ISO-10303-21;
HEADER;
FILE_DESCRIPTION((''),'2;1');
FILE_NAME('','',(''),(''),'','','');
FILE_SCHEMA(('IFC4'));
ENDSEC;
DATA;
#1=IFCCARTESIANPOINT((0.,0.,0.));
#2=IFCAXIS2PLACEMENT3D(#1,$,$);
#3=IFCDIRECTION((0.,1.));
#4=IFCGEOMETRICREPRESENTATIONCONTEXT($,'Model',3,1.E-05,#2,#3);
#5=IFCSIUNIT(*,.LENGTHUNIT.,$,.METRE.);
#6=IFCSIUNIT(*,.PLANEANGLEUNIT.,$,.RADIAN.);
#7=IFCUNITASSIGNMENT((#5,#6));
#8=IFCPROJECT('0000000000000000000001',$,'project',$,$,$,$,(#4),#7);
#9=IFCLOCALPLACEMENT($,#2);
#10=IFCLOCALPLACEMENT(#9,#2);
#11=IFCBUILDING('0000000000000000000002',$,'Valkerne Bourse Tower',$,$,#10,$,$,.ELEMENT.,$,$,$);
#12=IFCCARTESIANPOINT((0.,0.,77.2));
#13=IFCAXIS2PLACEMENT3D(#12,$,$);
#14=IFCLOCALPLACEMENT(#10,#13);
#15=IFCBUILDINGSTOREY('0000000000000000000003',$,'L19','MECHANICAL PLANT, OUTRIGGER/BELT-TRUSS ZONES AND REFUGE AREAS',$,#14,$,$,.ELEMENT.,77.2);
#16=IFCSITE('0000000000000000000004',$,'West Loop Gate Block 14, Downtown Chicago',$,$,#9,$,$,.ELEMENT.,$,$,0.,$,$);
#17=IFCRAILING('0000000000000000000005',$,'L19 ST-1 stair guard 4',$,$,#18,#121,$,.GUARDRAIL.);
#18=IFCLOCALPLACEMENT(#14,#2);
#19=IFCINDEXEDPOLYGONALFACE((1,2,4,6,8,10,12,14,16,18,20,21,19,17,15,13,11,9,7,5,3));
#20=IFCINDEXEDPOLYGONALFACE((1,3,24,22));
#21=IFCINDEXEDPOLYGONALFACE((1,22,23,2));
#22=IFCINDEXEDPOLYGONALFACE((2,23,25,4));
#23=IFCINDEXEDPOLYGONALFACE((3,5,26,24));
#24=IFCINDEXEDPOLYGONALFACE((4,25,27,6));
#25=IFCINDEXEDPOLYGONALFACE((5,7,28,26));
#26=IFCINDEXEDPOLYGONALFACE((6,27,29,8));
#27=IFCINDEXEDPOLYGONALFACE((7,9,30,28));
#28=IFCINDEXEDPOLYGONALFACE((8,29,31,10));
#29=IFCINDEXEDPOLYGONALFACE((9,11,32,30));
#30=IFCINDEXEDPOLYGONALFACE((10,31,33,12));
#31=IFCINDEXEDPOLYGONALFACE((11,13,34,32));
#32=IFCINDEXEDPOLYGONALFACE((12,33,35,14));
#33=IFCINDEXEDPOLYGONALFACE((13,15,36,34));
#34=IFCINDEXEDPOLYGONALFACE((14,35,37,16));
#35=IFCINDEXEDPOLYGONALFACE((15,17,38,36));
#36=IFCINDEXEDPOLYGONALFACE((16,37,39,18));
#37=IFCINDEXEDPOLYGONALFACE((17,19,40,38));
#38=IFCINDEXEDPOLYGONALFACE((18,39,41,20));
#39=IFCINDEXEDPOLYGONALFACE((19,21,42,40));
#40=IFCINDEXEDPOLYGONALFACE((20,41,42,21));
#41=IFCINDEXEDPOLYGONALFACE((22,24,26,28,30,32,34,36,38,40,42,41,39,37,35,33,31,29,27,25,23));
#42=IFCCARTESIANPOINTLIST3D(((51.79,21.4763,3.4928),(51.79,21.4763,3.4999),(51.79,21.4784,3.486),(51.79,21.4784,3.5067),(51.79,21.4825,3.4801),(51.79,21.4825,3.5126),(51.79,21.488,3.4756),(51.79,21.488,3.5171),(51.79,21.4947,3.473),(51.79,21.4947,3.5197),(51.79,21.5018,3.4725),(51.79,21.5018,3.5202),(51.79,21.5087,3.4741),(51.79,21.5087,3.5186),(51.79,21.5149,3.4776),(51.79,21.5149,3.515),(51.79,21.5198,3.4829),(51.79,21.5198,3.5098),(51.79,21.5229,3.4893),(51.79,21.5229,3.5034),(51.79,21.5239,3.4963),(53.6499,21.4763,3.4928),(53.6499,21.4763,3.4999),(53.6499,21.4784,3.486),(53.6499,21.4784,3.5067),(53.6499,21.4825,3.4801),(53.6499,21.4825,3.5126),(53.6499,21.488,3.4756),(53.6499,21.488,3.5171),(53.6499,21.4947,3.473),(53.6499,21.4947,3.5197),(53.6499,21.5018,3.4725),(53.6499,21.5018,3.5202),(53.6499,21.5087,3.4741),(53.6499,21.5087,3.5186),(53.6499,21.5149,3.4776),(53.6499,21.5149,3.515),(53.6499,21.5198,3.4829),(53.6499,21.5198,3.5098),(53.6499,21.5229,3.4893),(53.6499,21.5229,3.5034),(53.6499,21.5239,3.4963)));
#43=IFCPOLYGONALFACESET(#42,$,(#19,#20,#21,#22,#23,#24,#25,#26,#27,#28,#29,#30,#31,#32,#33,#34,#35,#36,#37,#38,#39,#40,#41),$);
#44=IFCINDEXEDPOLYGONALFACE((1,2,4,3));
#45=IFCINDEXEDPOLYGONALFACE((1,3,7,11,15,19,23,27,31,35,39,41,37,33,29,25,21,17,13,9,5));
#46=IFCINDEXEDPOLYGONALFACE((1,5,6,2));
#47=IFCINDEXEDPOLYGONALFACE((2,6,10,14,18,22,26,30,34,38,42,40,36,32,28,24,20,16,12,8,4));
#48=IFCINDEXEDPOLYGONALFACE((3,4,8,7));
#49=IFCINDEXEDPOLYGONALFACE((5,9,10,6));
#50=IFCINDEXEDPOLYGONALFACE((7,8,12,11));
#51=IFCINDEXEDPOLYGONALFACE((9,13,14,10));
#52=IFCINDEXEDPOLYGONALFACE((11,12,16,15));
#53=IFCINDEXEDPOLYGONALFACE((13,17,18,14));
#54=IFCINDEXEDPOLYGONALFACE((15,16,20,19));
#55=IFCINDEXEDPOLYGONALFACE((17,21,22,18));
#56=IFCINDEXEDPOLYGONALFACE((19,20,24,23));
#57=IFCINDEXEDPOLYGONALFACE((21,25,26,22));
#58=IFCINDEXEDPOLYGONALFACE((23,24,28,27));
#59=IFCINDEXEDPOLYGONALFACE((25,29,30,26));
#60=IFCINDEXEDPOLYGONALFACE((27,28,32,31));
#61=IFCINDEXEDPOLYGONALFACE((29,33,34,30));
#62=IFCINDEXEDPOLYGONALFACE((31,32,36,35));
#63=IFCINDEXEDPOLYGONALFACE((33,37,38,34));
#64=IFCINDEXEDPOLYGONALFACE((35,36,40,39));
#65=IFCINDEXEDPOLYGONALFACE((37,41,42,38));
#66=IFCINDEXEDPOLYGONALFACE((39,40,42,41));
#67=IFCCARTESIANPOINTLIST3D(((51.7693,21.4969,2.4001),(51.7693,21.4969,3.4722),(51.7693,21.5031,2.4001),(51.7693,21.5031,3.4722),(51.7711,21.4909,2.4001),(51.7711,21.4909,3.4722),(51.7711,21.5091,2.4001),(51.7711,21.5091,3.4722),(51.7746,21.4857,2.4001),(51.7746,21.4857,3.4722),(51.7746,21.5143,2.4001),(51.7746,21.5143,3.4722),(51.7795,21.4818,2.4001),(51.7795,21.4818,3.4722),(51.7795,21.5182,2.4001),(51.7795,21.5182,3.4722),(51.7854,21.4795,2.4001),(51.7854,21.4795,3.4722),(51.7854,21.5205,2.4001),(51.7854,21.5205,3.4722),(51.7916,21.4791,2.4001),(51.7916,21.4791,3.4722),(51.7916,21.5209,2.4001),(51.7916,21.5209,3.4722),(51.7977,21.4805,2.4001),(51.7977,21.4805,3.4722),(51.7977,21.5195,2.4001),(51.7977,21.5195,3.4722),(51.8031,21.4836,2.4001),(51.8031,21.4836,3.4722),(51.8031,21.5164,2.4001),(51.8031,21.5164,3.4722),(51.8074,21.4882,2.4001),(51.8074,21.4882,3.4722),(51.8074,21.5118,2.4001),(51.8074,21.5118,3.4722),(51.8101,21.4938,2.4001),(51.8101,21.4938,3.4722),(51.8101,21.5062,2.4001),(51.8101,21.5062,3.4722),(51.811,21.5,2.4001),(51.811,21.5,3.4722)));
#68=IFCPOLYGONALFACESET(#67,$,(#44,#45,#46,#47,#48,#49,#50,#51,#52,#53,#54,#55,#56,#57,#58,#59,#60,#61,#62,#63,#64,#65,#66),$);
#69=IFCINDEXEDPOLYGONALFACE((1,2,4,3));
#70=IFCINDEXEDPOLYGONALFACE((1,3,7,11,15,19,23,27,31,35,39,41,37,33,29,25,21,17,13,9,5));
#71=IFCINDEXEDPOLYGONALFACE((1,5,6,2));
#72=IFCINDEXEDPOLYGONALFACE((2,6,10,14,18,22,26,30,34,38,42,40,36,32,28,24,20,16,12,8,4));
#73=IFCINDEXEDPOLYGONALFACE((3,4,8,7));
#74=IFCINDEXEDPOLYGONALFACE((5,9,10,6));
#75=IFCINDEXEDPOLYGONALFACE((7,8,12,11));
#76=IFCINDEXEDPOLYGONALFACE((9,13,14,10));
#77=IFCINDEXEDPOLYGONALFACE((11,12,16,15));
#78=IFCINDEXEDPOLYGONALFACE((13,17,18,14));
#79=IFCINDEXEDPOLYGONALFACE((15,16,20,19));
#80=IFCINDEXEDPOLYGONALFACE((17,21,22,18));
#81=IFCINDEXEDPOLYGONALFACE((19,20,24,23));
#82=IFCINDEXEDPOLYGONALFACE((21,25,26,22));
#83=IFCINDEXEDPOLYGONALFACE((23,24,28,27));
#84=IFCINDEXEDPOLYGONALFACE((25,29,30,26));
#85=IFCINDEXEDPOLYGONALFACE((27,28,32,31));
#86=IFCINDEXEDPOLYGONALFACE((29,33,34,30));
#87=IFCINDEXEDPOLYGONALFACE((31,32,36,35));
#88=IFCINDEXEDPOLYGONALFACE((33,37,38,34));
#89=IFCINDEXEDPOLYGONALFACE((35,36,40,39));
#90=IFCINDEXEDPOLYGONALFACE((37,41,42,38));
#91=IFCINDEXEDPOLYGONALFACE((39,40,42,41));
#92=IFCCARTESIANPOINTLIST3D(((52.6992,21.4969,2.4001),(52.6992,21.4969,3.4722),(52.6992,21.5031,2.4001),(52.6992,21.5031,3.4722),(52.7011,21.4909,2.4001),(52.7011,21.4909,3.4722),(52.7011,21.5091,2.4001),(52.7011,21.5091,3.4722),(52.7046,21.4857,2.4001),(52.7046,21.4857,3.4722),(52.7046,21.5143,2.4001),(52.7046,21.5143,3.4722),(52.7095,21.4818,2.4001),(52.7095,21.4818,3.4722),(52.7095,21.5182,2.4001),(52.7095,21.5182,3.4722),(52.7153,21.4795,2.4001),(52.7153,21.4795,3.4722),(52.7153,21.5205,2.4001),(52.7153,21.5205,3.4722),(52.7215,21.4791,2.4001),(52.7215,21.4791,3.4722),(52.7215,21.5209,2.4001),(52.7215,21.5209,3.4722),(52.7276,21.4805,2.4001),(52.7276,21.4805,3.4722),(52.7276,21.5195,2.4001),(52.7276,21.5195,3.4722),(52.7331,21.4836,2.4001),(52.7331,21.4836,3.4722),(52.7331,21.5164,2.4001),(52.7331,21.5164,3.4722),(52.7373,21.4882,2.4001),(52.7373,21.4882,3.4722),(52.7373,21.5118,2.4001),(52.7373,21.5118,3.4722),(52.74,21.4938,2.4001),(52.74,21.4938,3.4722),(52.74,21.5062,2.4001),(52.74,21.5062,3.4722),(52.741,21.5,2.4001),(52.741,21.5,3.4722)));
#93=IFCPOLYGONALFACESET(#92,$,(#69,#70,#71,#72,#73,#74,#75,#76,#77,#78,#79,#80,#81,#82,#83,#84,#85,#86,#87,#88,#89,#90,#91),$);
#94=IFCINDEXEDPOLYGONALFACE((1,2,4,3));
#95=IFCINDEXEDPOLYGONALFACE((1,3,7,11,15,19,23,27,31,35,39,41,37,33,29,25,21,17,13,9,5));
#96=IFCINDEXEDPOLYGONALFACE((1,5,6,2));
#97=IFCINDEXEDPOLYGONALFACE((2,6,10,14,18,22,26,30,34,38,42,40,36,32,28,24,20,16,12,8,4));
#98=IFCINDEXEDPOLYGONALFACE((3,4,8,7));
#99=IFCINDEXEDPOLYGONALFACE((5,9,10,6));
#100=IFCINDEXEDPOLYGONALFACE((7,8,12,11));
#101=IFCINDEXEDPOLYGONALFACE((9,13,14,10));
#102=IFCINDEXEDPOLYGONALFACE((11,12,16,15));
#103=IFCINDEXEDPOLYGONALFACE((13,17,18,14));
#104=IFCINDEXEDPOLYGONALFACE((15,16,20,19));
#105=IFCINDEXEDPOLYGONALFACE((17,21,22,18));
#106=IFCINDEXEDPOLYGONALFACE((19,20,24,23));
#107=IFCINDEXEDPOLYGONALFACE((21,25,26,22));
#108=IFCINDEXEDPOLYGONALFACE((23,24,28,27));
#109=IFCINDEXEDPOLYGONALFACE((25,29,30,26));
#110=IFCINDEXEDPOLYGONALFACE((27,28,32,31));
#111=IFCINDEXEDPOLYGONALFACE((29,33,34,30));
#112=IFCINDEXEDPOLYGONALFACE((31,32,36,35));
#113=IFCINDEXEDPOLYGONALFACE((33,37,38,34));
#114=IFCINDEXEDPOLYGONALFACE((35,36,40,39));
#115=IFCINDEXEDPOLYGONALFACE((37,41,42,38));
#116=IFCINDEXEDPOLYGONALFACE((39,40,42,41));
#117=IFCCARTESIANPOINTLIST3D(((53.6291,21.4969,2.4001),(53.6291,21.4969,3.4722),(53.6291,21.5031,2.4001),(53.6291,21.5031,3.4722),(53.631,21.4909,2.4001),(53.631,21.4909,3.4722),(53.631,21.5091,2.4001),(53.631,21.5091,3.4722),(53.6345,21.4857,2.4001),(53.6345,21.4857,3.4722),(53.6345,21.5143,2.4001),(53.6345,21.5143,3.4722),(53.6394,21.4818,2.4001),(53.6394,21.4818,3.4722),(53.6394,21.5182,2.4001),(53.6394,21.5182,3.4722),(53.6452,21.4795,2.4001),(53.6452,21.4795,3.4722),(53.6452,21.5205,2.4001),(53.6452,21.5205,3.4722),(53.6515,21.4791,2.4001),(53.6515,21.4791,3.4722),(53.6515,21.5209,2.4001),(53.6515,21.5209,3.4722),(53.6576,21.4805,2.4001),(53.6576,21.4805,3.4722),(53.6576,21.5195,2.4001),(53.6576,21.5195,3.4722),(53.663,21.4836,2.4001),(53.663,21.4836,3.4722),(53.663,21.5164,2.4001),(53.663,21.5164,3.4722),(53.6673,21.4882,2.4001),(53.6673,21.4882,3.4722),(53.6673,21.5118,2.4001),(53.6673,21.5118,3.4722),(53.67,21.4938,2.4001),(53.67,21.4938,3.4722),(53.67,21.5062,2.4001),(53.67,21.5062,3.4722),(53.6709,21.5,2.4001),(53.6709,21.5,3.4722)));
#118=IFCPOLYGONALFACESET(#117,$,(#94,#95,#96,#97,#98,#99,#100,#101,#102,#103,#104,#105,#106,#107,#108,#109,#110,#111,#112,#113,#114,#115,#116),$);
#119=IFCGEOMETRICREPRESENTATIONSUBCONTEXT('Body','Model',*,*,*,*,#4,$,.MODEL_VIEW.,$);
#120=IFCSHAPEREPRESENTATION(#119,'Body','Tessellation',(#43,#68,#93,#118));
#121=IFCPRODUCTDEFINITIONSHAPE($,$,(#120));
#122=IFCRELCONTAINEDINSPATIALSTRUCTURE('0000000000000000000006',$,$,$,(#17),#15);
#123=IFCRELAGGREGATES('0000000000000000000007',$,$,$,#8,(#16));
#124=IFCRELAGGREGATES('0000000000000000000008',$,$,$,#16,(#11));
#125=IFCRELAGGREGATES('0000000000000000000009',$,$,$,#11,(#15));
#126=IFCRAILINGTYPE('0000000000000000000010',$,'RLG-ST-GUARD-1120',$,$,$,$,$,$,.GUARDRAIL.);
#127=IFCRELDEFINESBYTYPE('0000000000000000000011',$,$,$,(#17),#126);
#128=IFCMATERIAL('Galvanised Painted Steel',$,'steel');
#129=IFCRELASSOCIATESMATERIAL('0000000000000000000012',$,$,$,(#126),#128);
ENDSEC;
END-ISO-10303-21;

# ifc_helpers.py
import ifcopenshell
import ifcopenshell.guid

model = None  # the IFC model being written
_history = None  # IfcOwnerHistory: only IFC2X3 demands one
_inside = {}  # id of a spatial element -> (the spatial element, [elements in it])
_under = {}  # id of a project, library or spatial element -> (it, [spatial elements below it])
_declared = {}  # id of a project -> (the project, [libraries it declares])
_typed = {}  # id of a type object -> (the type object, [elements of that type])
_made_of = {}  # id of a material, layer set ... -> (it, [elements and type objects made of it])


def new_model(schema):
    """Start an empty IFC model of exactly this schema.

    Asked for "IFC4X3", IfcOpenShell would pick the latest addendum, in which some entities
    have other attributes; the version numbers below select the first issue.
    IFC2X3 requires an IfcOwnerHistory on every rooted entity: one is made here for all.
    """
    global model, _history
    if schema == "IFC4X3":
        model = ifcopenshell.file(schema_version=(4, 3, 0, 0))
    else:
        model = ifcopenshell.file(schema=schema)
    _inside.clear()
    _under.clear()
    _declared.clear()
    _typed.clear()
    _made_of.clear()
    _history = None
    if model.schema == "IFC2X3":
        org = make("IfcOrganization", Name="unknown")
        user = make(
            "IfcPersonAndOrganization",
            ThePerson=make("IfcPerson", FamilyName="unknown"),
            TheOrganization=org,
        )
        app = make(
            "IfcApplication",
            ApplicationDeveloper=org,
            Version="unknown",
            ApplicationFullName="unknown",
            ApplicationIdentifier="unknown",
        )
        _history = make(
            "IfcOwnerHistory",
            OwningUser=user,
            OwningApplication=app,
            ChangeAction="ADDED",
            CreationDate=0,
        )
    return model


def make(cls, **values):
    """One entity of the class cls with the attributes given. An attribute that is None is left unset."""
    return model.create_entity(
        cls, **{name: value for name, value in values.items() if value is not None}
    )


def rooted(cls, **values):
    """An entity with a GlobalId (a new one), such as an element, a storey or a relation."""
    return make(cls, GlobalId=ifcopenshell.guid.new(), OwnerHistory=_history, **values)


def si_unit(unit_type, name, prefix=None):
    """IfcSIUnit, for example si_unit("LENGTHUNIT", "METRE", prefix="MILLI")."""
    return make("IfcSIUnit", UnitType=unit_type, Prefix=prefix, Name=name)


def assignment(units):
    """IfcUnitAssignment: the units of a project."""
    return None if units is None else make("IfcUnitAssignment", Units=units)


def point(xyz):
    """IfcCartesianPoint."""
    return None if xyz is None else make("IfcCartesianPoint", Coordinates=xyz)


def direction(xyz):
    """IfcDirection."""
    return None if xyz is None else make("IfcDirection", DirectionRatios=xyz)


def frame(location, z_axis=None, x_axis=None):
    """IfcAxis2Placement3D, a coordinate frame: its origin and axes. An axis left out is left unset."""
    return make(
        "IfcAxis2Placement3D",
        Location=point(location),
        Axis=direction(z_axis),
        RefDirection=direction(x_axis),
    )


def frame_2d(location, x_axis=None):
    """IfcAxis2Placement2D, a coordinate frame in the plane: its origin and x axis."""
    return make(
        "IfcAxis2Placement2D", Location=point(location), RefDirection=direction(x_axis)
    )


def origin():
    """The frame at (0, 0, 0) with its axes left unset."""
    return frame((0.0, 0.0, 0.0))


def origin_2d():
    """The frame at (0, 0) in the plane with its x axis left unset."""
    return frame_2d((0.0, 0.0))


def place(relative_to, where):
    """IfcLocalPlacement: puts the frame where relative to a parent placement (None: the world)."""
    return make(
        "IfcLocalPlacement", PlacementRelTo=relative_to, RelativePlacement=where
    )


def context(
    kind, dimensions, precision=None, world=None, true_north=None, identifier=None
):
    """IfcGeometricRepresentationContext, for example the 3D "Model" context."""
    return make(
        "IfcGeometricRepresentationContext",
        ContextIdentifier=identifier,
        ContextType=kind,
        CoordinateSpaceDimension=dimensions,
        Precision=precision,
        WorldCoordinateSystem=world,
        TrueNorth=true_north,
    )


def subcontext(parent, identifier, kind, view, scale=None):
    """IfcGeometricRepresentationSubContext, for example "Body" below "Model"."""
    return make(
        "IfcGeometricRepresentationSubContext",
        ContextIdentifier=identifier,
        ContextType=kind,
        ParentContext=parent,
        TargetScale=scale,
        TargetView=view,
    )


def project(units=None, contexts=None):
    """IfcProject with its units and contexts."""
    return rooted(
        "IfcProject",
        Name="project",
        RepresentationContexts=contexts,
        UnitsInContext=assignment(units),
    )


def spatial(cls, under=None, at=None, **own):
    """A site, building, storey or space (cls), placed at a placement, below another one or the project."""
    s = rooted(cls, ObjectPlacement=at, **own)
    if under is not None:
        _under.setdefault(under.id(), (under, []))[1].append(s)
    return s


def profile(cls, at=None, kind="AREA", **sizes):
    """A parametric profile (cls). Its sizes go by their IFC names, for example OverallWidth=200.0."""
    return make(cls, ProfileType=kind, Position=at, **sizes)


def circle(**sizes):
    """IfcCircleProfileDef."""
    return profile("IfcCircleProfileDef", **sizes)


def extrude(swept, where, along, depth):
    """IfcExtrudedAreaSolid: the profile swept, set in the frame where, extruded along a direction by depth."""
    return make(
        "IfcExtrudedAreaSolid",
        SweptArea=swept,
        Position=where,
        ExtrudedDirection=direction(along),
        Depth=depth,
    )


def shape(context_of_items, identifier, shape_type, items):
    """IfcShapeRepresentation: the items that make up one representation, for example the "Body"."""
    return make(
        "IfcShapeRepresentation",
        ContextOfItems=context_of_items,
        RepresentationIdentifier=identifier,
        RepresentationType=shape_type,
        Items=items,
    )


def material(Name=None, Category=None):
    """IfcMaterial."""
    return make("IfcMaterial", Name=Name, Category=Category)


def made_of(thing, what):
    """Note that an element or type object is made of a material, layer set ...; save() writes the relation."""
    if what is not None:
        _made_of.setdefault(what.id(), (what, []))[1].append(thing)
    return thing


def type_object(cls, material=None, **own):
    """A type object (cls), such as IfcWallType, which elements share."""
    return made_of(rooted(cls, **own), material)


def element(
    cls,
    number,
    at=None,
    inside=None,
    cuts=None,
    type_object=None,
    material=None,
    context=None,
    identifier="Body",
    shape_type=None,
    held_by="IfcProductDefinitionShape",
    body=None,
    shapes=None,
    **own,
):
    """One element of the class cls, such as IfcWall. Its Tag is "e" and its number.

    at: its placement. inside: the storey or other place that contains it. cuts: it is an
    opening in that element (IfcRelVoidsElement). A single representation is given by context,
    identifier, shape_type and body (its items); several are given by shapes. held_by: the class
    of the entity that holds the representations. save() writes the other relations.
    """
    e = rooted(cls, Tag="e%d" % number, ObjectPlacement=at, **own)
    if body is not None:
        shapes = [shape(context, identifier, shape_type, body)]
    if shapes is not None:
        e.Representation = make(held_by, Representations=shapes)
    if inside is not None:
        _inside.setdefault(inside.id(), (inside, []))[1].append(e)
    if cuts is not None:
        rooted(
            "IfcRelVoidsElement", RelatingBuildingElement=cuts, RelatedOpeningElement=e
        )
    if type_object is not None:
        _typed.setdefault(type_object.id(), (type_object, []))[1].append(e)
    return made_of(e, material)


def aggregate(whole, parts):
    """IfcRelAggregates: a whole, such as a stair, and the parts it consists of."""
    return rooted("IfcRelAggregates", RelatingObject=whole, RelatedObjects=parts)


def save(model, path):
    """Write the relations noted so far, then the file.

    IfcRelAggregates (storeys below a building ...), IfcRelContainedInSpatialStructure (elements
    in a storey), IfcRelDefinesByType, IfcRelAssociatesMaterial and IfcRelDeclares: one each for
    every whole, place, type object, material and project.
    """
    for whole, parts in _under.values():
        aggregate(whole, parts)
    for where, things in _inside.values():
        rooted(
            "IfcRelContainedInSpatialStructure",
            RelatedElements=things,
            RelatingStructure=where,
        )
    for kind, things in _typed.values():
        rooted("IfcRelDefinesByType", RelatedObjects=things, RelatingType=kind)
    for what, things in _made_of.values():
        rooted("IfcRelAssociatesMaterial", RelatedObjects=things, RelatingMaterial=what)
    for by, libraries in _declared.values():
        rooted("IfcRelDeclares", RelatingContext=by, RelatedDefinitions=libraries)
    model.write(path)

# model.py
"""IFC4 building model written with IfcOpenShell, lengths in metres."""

from ifc_helpers import new_model, si_unit, direction, frame, origin, origin_2d, place, context, subcontext, project, spatial, circle, extrude, material, type_object, element, save


model = new_model("IFC4")

# Units and contexts
model_context = context("Model", 3, precision=1e-05, world=origin(), true_north=direction((0.0, 1.0)))
body_context = subcontext(model_context, "Body", "Model", "MODEL_VIEW")
ifc_project = project(units=[si_unit("LENGTHUNIT", "METRE"), si_unit("PLANEANGLEUNIT", "RADIAN")], contexts=[model_context])

# Site, building, storey
site_placement = place(None, origin())
site = spatial("IfcSite", under=ifc_project, at=site_placement, Name="West Loop Gate Block 14, Downtown Chicago", CompositionType="ELEMENT", RefElevation=0.0)
building_placement = place(site_placement, origin())
building = spatial("IfcBuilding", under=site, at=building_placement, Name="Valkerne Bourse Tower", CompositionType="ELEMENT")
storey_placement = place(building_placement, frame((0.0, 0.0, 77.2)))
storey = spatial("IfcBuildingStorey", under=building, at=storey_placement, Name="L19", Description="MECHANICAL PLANT, OUTRIGGER/BELT-TRUSS ZONES AND REFUGE AREAS", CompositionType="ELEMENT", Elevation=77.2)

# Shared definitions
ifc_material_1 = material(Name="Galvanised Painted Steel", Category="steel")

# Railing
railing_type_1 = type_object("IfcRailingType", Name="RLG-ST-GUARD-1120", PredefinedType="GUARDRAIL", material=ifc_material_1)
railing_1_placement = place(storey_placement, frame((51.79, 21.5, 2.4001)))
element("IfcRailing", 1, at=railing_1_placement, inside=storey, type_object=railing_type_1, Name="L19 ST-1 stair guard 4", PredefinedType="GUARDRAIL", context=body_context, shape_type="SweptSolid", body=[
    extrude(circle(Radius=0.0239, at=origin_2d()), frame((0.0, 0.0, 1.0962), z_axis=(1.0, 0.0, 0.0), x_axis=(0.0, 1.0, 0.0)), (0.0, 0.0, 1.0), 1.8599),
    extrude(circle(Radius=0.021, at=origin_2d()), origin(), (0.0, 0.0, 1.0), 1.072),
    extrude(circle(Radius=0.021, at=origin_2d()), frame((0.9299, 0.0, 0.0)), (0.0, 0.0, 1.0), 1.072),
    extrude(circle(Radius=0.021, at=origin_2d()), frame((1.8599, 0.0, 0.0)), (0.0, 0.0, 1.0), 1.072),
])

save(model, "model.ifc")
